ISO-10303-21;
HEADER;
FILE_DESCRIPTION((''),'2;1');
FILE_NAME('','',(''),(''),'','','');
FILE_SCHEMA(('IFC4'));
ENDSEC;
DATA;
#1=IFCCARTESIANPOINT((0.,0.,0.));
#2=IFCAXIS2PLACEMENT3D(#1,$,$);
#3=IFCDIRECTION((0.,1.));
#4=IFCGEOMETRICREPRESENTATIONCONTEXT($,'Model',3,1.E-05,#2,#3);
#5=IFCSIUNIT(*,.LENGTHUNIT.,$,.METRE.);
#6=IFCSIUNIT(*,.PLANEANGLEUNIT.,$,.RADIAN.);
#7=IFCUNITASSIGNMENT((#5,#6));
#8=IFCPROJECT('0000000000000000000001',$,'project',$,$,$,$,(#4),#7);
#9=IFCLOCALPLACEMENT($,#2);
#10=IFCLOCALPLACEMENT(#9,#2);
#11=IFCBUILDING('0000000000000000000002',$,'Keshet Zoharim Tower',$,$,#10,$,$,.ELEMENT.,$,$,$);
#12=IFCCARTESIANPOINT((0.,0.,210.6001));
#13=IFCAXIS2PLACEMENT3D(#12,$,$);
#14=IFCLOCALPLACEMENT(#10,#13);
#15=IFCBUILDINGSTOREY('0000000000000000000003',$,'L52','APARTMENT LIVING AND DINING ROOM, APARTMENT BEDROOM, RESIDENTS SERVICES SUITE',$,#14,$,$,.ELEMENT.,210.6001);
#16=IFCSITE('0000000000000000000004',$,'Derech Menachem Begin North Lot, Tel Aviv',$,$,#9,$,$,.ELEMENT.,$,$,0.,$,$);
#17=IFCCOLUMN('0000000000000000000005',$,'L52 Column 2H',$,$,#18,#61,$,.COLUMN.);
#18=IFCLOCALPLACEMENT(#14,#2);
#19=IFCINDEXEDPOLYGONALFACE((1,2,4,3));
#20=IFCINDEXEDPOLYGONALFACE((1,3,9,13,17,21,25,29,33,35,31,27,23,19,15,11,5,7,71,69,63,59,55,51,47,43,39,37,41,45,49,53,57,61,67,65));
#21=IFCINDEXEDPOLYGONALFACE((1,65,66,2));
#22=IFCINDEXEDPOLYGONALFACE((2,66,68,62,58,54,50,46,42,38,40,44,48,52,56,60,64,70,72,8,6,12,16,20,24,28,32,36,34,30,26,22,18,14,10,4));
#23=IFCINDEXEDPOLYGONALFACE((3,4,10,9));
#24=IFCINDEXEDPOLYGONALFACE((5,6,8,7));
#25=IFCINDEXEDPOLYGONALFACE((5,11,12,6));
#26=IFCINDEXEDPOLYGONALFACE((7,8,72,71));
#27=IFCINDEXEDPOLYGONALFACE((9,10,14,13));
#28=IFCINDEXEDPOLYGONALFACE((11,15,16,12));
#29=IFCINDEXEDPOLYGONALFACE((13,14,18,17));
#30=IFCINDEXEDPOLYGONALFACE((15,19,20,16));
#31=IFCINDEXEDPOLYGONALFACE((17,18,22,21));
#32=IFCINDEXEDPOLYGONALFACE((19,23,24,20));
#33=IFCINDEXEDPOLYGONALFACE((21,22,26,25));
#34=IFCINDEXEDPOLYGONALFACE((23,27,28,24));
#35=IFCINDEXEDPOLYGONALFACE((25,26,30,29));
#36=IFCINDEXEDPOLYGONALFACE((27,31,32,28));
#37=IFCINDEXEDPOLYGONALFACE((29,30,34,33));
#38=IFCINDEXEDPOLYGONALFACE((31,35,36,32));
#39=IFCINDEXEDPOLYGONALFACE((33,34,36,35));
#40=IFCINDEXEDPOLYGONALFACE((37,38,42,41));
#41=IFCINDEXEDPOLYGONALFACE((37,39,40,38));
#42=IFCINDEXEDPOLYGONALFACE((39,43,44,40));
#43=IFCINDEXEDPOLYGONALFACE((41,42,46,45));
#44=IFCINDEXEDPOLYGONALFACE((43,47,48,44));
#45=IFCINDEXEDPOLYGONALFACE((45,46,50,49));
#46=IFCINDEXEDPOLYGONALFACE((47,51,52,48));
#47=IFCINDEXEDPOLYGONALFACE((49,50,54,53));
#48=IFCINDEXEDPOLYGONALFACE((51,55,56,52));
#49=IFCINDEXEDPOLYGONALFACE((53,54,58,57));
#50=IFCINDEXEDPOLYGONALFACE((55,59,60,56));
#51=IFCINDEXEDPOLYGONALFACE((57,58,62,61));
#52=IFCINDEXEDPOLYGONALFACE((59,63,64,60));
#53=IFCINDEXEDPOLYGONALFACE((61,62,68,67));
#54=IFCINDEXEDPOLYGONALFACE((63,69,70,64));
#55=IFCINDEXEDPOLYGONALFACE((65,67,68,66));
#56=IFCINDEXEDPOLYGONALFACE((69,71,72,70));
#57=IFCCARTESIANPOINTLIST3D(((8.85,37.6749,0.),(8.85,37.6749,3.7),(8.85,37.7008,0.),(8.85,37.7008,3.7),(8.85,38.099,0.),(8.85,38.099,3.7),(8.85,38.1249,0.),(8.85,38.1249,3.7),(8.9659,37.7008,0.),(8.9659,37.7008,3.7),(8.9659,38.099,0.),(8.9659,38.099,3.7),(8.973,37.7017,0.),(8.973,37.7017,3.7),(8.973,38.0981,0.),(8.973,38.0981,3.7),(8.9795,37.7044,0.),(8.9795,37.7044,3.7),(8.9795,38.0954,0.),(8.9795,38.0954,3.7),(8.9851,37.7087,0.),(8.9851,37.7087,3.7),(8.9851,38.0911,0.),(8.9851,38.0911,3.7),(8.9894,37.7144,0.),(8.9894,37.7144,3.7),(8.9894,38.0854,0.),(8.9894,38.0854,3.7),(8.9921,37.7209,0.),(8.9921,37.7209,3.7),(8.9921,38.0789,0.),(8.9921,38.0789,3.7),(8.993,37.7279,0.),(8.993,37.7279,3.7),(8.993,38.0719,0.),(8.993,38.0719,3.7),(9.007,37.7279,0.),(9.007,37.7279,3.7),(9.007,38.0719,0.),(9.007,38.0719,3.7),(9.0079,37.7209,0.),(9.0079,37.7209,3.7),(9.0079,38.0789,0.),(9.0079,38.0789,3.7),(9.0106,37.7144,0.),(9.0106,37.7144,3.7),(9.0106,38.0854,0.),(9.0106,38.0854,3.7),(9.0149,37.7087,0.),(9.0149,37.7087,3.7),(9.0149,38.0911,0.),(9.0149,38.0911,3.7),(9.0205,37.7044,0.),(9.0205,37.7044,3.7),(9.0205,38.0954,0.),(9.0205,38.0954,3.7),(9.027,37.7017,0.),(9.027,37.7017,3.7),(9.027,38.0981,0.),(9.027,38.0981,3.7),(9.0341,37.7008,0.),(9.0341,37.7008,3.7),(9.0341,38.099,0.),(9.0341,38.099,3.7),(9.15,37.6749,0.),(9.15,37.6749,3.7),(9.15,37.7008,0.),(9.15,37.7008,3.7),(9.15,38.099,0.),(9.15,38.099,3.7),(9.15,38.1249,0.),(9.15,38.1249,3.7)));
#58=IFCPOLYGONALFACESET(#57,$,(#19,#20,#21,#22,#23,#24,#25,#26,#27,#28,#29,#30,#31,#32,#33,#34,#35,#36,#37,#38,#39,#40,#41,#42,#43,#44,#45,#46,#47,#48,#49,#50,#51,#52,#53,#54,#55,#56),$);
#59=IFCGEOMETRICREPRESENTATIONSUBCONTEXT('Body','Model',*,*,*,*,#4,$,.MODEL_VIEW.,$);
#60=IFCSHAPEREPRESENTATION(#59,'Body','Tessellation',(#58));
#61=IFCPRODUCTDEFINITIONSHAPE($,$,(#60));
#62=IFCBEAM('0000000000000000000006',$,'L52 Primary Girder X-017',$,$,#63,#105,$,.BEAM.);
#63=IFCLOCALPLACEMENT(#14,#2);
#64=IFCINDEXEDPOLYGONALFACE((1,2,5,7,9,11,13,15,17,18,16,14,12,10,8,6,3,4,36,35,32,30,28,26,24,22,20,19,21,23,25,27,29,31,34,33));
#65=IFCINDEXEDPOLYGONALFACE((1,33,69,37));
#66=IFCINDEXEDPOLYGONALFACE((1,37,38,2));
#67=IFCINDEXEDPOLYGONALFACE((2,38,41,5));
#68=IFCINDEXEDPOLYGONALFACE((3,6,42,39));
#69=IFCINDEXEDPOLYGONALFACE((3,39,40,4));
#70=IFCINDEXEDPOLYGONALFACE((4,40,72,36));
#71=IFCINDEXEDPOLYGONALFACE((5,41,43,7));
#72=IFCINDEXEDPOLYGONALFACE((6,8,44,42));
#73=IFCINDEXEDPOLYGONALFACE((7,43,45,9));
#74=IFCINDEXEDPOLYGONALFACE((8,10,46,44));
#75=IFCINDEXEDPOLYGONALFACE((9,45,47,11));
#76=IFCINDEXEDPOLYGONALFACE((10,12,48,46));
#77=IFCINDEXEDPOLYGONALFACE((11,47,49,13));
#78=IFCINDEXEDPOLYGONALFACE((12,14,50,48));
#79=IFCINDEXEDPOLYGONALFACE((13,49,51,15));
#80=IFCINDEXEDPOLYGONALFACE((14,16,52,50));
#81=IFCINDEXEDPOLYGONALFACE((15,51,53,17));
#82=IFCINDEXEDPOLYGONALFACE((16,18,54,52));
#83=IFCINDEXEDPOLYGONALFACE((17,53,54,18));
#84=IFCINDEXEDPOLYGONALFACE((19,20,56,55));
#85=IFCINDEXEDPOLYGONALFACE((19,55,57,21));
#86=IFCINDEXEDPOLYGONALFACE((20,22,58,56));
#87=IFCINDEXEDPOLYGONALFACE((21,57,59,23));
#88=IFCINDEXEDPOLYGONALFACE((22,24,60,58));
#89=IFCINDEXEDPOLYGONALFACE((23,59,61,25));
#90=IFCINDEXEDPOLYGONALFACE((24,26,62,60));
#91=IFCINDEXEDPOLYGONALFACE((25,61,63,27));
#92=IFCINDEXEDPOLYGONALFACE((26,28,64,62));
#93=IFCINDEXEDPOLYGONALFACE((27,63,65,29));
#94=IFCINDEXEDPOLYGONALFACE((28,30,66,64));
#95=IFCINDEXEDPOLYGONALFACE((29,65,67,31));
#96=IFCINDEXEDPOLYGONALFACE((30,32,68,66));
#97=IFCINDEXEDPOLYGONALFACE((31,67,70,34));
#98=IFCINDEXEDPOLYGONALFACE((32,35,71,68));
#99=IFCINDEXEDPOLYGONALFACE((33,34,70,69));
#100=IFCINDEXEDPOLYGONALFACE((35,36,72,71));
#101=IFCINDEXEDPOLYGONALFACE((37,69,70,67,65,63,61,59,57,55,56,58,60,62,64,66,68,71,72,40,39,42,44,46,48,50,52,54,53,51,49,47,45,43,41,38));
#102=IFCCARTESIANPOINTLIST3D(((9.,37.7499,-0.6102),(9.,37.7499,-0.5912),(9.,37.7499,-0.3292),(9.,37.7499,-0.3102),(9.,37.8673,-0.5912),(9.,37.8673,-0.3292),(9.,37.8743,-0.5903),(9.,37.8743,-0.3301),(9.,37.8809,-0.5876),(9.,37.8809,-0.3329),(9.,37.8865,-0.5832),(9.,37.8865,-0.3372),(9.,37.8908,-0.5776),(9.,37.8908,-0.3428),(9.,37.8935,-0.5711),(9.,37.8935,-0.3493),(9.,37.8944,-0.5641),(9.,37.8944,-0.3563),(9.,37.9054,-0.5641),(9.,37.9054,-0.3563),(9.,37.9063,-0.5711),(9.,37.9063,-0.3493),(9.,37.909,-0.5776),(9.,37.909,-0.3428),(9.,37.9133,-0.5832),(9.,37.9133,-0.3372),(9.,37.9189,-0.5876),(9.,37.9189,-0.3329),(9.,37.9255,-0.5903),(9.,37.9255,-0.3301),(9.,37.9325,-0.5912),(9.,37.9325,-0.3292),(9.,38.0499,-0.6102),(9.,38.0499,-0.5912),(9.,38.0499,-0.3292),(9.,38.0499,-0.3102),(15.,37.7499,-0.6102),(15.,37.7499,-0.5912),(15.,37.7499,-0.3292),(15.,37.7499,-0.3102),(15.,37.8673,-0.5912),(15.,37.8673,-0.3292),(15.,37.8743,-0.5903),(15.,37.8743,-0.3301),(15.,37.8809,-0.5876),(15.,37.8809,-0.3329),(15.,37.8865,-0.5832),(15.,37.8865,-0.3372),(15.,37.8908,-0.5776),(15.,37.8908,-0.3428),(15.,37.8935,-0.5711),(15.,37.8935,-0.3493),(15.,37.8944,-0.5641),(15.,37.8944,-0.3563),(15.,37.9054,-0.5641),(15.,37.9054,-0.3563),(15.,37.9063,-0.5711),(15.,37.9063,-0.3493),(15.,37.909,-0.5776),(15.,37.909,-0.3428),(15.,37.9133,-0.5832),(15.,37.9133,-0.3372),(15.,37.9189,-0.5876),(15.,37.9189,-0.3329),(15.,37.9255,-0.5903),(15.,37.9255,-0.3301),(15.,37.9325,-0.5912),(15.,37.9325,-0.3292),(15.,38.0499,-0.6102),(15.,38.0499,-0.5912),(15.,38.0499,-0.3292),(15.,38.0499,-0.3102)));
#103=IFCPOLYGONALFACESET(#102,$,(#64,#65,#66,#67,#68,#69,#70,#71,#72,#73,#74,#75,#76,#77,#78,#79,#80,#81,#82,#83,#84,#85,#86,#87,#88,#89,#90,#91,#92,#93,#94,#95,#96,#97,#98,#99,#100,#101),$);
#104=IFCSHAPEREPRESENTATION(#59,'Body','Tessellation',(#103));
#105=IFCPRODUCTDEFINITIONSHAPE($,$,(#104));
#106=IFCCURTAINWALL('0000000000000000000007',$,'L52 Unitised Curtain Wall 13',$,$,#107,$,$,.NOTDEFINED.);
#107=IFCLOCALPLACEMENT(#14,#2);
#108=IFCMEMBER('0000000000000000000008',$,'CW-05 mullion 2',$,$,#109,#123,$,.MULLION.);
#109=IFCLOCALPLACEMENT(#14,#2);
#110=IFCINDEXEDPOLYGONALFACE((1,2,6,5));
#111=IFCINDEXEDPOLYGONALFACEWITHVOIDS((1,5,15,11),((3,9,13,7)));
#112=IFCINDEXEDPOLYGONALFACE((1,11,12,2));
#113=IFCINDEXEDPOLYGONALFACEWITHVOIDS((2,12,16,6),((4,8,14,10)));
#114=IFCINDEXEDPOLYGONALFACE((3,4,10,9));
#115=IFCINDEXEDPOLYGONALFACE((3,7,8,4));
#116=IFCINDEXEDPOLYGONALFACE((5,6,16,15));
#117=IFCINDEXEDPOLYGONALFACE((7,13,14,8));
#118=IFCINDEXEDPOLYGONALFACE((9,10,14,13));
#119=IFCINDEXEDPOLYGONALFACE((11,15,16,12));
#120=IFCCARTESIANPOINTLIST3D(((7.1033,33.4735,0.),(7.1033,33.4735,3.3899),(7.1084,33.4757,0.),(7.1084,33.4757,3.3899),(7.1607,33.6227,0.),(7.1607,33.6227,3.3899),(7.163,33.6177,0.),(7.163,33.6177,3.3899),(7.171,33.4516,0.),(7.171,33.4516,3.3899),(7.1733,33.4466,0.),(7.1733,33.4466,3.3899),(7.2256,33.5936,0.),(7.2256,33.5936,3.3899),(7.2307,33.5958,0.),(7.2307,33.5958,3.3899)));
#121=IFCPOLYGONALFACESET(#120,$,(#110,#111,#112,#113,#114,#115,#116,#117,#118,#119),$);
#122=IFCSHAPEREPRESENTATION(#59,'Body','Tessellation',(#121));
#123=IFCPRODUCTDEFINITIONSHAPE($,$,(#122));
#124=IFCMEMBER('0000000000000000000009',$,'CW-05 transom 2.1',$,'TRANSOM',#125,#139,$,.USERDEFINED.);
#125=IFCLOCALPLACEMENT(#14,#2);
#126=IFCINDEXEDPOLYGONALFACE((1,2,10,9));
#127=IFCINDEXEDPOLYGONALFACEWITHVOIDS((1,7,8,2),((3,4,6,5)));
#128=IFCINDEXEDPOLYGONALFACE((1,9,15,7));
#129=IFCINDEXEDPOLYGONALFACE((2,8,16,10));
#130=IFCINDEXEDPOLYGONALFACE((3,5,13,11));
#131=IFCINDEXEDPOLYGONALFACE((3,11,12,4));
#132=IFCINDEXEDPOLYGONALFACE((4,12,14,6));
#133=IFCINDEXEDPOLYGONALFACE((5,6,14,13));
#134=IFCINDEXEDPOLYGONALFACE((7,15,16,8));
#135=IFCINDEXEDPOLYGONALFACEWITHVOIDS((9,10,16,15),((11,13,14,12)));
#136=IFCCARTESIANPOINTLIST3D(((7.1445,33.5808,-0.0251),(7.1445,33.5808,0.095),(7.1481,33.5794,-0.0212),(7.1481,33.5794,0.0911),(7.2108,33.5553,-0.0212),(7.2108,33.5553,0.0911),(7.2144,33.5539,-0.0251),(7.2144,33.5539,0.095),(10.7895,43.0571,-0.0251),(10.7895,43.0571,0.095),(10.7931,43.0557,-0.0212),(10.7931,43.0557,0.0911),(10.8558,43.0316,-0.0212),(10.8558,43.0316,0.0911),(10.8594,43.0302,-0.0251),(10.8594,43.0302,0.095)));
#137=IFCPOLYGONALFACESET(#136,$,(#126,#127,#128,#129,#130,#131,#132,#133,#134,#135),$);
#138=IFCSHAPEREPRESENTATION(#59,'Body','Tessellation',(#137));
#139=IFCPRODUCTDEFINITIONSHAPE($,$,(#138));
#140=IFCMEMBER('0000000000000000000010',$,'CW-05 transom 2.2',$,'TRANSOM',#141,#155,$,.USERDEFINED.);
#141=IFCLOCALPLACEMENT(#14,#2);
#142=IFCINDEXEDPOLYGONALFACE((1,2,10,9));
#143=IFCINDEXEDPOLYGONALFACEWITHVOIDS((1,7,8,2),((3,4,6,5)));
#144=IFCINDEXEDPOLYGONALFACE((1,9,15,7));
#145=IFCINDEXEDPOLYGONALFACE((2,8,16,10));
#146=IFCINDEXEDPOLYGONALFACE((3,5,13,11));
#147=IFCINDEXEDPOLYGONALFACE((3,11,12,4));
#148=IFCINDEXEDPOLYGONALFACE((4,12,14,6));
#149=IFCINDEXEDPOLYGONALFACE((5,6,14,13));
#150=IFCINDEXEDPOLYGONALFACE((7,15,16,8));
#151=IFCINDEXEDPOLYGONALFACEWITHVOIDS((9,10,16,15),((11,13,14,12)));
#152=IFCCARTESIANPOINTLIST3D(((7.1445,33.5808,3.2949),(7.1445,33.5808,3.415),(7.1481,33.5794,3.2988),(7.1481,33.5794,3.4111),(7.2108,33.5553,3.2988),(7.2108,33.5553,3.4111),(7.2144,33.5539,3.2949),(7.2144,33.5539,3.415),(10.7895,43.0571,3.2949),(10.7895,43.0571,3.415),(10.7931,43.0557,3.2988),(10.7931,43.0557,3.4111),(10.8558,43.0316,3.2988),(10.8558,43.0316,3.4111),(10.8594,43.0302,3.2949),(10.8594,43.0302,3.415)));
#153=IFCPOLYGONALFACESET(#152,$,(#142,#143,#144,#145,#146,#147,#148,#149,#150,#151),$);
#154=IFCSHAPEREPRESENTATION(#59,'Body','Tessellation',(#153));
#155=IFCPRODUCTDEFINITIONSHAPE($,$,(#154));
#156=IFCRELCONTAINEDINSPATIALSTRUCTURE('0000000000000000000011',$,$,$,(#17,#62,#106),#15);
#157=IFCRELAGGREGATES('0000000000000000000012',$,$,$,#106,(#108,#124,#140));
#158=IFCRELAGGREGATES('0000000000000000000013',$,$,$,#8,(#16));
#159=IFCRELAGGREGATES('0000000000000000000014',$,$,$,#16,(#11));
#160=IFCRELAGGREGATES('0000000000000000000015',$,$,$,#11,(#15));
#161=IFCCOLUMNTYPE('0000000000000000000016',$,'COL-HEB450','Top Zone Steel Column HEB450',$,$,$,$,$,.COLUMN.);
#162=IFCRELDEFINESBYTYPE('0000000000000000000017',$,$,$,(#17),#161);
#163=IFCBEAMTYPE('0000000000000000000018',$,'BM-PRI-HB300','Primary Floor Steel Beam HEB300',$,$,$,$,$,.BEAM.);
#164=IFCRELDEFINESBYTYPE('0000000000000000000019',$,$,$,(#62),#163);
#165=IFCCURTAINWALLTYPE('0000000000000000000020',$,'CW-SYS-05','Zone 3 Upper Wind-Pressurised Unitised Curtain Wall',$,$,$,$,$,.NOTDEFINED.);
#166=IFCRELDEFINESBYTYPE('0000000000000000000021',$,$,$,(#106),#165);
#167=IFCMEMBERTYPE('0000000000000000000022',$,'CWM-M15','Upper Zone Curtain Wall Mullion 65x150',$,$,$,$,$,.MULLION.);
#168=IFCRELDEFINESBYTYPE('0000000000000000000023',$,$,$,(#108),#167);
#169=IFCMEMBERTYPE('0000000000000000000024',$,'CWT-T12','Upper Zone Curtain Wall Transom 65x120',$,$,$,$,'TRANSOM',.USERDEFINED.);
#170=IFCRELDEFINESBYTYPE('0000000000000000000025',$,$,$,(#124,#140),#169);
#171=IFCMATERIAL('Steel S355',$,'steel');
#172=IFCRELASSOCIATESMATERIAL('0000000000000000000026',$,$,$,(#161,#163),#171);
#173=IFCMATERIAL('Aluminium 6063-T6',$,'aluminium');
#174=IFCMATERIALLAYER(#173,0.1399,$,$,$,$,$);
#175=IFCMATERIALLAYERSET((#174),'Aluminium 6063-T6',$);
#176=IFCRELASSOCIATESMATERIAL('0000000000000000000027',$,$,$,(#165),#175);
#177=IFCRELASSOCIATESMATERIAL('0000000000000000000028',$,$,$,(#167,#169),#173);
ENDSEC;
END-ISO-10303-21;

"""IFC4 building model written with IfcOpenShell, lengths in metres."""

from ifc_helpers import new_model, si_unit, direction, frame, origin, origin_2d, place, context, subcontext, project, spatial, hollow_rectangle, i_section, extrude, material, layer, layer_set, material_profile, profile_set, type_object, element, aggregate, save


model = new_model("IFC4")

# Units and contexts
model_context = context("Model", 3, precision=1e-05, world=origin(), true_north=direction((0.0, 1.0)))
body_context = subcontext(model_context, "Body", "Model", "MODEL_VIEW")
ifc_project = project(units=[si_unit("LENGTHUNIT", "METRE"), si_unit("PLANEANGLEUNIT", "RADIAN")], contexts=[model_context])

# Site, building, storey
site_placement = place(None, origin())
site = spatial("IfcSite", under=ifc_project, at=site_placement, Name="Derech Menachem Begin North Lot, Tel Aviv", CompositionType="ELEMENT", RefElevation=0.0)
building_placement = place(site_placement, origin())
building = spatial("IfcBuilding", under=site, at=building_placement, Name="Keshet Zoharim Tower", CompositionType="ELEMENT")
storey_placement = place(building_placement, frame((0.0, 0.0, 210.6001)))
storey = spatial("IfcBuildingStorey", under=building, at=storey_placement, Name="L52", Description="APARTMENT LIVING AND DINING ROOM, APARTMENT BEDROOM, RESIDENTS SERVICES SUITE", CompositionType="ELEMENT", Elevation=210.6001)

# Column
ifc_material_1 = material(Name="Steel S355", Category="steel")
ifc_material_profile_1 = material_profile(ifc_material_1, i_section(OverallWidth=0.3, OverallDepth=0.45, WebThickness=0.0139, FlangeThickness=0.0259, FilletRadius=0.0271, at=origin_2d()), Name="HEB450")
ifc_profile_set_1 = profile_set([ifc_material_profile_1], Name="Steel S355")
column_type = type_object("IfcColumnType", Name="COL-HEB450", Description="Top Zone Steel Column HEB450", PredefinedType="COLUMN", material=ifc_profile_set_1)
column_placement = place(storey_placement, frame((9.0, 37.8999, 0.0), z_axis=(0.0, 0.0, 1.0), x_axis=(1.0, 0.0, 0.0)))
element("IfcColumn", 1, at=column_placement, inside=storey, type_object=column_type, Name="L52 Column 2H", PredefinedType="COLUMN", context=body_context, shape_type="SweptSolid", body=[
    extrude(i_section(OverallWidth=0.3, OverallDepth=0.45, WebThickness=0.0139, FlangeThickness=0.0259, FilletRadius=0.0271, at=origin_2d()), origin(), (0.0, 0.0, 1.0), 3.7),
])

# Beam
ifc_material_profile_2 = material_profile(ifc_material_1, i_section(OverallWidth=0.3, OverallDepth=0.3, WebThickness=0.011, FlangeThickness=0.019, FilletRadius=0.0271, at=origin_2d()), Name="HEB300")
ifc_profile_set_2 = profile_set([ifc_material_profile_2], Name="Steel S355")
beam_type = type_object("IfcBeamType", Name="BM-PRI-HB300", Description="Primary Floor Steel Beam HEB300", PredefinedType="BEAM", material=ifc_profile_set_2)
beam_placement = place(storey_placement, frame((9.0, 37.8999, -0.4602), z_axis=(1.0, 0.0, 0.0), x_axis=(0.0, 1.0, 0.0)))
element("IfcBeam", 2, at=beam_placement, inside=storey, type_object=beam_type, Name="L52 Primary Girder X-017", PredefinedType="BEAM", context=body_context, shape_type="SweptSolid", body=[
    extrude(i_section(OverallWidth=0.3, OverallDepth=0.3, WebThickness=0.011, FlangeThickness=0.019, FilletRadius=0.0271, at=origin_2d()), origin(), (0.0, 0.0, 1.0), 6.0),
])

# Curtain wall, members
ifc_material_2 = material(Name="Aluminium 6063-T6", Category="aluminium")
ifc_layer_1 = layer(ifc_material_2, 0.1399)
ifc_layer_set_1 = layer_set([ifc_layer_1], Name="Aluminium 6063-T6")
curtain_wall_type = type_object("IfcCurtainWallType", Name="CW-SYS-05", Description="Zone 3 Upper Wind-Pressurised Unitised Curtain Wall", PredefinedType="NOTDEFINED", material=ifc_layer_set_1)
curtain_wall_placement = place(storey_placement, origin())
curtain_wall = element("IfcCurtainWall", 3, at=curtain_wall_placement, inside=storey, type_object=curtain_wall_type, Name="L52 Unitised Curtain Wall 13", PredefinedType="NOTDEFINED")
ifc_material_profile_3 = material_profile(ifc_material_2, hollow_rectangle(XDim=0.075, YDim=0.1599, WallThickness=0.0039, at=origin_2d()), Name="MUL-75x160")
ifc_profile_set_3 = profile_set([ifc_material_profile_3], Name="Aluminium 6063-T6")
member_type_1 = type_object("IfcMemberType", Name="CWM-M15", Description="Upper Zone Curtain Wall Mullion 65x150", PredefinedType="MULLION", material=ifc_profile_set_3)
member_1_placement = place(storey_placement, frame((7.167, 33.5347, 0.0), z_axis=(0.0, 0.0, 1.0), x_axis=(-0.933341, 0.35899, 0.0)))
member_1 = element("IfcMember", 4, at=member_1_placement, type_object=member_type_1, Name="CW-05 mullion 2", PredefinedType="MULLION", context=body_context, shape_type="SweptSolid", body=[
    extrude(hollow_rectangle(XDim=0.075, YDim=0.1599, WallThickness=0.0039, at=origin_2d()), origin(), (0.0, 0.0, 1.0), 3.3899),
])
ifc_material_profile_4 = material_profile(ifc_material_2, hollow_rectangle(XDim=0.075, YDim=0.1201, WallThickness=0.0039, at=origin_2d()), Name="TRN-75x120")
ifc_profile_set_4 = profile_set([ifc_material_profile_4], Name="Aluminium 6063-T6")
member_type_2 = type_object("IfcMemberType", Name="CWT-T12", Description="Upper Zone Curtain Wall Transom 65x120", ElementType="TRANSOM", PredefinedType="USERDEFINED", material=ifc_profile_set_4)
member_2_placement = place(storey_placement, frame((7.1794, 33.5674, 0.0349), z_axis=(0.359003, 0.933336, 0.0), x_axis=(-0.933336, 0.359003, 0.0)))
member_2 = element("IfcMember", 5, at=member_2_placement, type_object=member_type_2, Name="CW-05 transom 2.1", ObjectType="TRANSOM", PredefinedType="USERDEFINED", context=body_context, shape_type="SweptSolid", body=[
    extrude(hollow_rectangle(XDim=0.075, YDim=0.1201, WallThickness=0.0039, at=origin_2d()), origin(), (0.0, 0.0, 1.0), 10.1531),
])
member_3_placement = place(storey_placement, frame((7.1794, 33.5674, 3.355), z_axis=(0.359003, 0.933336, 0.0), x_axis=(-0.933336, 0.359003, 0.0)))
member_3 = element("IfcMember", 6, at=member_3_placement, type_object=member_type_2, Name="CW-05 transom 2.2", ObjectType="TRANSOM", PredefinedType="USERDEFINED", context=body_context, shape_type="SweptSolid", body=[
    extrude(hollow_rectangle(XDim=0.075, YDim=0.1201, WallThickness=0.0039, at=origin_2d()), origin(), (0.0, 0.0, 1.0), 10.1531),
])

aggregate(curtain_wall, [member_1, member_2, member_3])

save(model, "model.ifc")
